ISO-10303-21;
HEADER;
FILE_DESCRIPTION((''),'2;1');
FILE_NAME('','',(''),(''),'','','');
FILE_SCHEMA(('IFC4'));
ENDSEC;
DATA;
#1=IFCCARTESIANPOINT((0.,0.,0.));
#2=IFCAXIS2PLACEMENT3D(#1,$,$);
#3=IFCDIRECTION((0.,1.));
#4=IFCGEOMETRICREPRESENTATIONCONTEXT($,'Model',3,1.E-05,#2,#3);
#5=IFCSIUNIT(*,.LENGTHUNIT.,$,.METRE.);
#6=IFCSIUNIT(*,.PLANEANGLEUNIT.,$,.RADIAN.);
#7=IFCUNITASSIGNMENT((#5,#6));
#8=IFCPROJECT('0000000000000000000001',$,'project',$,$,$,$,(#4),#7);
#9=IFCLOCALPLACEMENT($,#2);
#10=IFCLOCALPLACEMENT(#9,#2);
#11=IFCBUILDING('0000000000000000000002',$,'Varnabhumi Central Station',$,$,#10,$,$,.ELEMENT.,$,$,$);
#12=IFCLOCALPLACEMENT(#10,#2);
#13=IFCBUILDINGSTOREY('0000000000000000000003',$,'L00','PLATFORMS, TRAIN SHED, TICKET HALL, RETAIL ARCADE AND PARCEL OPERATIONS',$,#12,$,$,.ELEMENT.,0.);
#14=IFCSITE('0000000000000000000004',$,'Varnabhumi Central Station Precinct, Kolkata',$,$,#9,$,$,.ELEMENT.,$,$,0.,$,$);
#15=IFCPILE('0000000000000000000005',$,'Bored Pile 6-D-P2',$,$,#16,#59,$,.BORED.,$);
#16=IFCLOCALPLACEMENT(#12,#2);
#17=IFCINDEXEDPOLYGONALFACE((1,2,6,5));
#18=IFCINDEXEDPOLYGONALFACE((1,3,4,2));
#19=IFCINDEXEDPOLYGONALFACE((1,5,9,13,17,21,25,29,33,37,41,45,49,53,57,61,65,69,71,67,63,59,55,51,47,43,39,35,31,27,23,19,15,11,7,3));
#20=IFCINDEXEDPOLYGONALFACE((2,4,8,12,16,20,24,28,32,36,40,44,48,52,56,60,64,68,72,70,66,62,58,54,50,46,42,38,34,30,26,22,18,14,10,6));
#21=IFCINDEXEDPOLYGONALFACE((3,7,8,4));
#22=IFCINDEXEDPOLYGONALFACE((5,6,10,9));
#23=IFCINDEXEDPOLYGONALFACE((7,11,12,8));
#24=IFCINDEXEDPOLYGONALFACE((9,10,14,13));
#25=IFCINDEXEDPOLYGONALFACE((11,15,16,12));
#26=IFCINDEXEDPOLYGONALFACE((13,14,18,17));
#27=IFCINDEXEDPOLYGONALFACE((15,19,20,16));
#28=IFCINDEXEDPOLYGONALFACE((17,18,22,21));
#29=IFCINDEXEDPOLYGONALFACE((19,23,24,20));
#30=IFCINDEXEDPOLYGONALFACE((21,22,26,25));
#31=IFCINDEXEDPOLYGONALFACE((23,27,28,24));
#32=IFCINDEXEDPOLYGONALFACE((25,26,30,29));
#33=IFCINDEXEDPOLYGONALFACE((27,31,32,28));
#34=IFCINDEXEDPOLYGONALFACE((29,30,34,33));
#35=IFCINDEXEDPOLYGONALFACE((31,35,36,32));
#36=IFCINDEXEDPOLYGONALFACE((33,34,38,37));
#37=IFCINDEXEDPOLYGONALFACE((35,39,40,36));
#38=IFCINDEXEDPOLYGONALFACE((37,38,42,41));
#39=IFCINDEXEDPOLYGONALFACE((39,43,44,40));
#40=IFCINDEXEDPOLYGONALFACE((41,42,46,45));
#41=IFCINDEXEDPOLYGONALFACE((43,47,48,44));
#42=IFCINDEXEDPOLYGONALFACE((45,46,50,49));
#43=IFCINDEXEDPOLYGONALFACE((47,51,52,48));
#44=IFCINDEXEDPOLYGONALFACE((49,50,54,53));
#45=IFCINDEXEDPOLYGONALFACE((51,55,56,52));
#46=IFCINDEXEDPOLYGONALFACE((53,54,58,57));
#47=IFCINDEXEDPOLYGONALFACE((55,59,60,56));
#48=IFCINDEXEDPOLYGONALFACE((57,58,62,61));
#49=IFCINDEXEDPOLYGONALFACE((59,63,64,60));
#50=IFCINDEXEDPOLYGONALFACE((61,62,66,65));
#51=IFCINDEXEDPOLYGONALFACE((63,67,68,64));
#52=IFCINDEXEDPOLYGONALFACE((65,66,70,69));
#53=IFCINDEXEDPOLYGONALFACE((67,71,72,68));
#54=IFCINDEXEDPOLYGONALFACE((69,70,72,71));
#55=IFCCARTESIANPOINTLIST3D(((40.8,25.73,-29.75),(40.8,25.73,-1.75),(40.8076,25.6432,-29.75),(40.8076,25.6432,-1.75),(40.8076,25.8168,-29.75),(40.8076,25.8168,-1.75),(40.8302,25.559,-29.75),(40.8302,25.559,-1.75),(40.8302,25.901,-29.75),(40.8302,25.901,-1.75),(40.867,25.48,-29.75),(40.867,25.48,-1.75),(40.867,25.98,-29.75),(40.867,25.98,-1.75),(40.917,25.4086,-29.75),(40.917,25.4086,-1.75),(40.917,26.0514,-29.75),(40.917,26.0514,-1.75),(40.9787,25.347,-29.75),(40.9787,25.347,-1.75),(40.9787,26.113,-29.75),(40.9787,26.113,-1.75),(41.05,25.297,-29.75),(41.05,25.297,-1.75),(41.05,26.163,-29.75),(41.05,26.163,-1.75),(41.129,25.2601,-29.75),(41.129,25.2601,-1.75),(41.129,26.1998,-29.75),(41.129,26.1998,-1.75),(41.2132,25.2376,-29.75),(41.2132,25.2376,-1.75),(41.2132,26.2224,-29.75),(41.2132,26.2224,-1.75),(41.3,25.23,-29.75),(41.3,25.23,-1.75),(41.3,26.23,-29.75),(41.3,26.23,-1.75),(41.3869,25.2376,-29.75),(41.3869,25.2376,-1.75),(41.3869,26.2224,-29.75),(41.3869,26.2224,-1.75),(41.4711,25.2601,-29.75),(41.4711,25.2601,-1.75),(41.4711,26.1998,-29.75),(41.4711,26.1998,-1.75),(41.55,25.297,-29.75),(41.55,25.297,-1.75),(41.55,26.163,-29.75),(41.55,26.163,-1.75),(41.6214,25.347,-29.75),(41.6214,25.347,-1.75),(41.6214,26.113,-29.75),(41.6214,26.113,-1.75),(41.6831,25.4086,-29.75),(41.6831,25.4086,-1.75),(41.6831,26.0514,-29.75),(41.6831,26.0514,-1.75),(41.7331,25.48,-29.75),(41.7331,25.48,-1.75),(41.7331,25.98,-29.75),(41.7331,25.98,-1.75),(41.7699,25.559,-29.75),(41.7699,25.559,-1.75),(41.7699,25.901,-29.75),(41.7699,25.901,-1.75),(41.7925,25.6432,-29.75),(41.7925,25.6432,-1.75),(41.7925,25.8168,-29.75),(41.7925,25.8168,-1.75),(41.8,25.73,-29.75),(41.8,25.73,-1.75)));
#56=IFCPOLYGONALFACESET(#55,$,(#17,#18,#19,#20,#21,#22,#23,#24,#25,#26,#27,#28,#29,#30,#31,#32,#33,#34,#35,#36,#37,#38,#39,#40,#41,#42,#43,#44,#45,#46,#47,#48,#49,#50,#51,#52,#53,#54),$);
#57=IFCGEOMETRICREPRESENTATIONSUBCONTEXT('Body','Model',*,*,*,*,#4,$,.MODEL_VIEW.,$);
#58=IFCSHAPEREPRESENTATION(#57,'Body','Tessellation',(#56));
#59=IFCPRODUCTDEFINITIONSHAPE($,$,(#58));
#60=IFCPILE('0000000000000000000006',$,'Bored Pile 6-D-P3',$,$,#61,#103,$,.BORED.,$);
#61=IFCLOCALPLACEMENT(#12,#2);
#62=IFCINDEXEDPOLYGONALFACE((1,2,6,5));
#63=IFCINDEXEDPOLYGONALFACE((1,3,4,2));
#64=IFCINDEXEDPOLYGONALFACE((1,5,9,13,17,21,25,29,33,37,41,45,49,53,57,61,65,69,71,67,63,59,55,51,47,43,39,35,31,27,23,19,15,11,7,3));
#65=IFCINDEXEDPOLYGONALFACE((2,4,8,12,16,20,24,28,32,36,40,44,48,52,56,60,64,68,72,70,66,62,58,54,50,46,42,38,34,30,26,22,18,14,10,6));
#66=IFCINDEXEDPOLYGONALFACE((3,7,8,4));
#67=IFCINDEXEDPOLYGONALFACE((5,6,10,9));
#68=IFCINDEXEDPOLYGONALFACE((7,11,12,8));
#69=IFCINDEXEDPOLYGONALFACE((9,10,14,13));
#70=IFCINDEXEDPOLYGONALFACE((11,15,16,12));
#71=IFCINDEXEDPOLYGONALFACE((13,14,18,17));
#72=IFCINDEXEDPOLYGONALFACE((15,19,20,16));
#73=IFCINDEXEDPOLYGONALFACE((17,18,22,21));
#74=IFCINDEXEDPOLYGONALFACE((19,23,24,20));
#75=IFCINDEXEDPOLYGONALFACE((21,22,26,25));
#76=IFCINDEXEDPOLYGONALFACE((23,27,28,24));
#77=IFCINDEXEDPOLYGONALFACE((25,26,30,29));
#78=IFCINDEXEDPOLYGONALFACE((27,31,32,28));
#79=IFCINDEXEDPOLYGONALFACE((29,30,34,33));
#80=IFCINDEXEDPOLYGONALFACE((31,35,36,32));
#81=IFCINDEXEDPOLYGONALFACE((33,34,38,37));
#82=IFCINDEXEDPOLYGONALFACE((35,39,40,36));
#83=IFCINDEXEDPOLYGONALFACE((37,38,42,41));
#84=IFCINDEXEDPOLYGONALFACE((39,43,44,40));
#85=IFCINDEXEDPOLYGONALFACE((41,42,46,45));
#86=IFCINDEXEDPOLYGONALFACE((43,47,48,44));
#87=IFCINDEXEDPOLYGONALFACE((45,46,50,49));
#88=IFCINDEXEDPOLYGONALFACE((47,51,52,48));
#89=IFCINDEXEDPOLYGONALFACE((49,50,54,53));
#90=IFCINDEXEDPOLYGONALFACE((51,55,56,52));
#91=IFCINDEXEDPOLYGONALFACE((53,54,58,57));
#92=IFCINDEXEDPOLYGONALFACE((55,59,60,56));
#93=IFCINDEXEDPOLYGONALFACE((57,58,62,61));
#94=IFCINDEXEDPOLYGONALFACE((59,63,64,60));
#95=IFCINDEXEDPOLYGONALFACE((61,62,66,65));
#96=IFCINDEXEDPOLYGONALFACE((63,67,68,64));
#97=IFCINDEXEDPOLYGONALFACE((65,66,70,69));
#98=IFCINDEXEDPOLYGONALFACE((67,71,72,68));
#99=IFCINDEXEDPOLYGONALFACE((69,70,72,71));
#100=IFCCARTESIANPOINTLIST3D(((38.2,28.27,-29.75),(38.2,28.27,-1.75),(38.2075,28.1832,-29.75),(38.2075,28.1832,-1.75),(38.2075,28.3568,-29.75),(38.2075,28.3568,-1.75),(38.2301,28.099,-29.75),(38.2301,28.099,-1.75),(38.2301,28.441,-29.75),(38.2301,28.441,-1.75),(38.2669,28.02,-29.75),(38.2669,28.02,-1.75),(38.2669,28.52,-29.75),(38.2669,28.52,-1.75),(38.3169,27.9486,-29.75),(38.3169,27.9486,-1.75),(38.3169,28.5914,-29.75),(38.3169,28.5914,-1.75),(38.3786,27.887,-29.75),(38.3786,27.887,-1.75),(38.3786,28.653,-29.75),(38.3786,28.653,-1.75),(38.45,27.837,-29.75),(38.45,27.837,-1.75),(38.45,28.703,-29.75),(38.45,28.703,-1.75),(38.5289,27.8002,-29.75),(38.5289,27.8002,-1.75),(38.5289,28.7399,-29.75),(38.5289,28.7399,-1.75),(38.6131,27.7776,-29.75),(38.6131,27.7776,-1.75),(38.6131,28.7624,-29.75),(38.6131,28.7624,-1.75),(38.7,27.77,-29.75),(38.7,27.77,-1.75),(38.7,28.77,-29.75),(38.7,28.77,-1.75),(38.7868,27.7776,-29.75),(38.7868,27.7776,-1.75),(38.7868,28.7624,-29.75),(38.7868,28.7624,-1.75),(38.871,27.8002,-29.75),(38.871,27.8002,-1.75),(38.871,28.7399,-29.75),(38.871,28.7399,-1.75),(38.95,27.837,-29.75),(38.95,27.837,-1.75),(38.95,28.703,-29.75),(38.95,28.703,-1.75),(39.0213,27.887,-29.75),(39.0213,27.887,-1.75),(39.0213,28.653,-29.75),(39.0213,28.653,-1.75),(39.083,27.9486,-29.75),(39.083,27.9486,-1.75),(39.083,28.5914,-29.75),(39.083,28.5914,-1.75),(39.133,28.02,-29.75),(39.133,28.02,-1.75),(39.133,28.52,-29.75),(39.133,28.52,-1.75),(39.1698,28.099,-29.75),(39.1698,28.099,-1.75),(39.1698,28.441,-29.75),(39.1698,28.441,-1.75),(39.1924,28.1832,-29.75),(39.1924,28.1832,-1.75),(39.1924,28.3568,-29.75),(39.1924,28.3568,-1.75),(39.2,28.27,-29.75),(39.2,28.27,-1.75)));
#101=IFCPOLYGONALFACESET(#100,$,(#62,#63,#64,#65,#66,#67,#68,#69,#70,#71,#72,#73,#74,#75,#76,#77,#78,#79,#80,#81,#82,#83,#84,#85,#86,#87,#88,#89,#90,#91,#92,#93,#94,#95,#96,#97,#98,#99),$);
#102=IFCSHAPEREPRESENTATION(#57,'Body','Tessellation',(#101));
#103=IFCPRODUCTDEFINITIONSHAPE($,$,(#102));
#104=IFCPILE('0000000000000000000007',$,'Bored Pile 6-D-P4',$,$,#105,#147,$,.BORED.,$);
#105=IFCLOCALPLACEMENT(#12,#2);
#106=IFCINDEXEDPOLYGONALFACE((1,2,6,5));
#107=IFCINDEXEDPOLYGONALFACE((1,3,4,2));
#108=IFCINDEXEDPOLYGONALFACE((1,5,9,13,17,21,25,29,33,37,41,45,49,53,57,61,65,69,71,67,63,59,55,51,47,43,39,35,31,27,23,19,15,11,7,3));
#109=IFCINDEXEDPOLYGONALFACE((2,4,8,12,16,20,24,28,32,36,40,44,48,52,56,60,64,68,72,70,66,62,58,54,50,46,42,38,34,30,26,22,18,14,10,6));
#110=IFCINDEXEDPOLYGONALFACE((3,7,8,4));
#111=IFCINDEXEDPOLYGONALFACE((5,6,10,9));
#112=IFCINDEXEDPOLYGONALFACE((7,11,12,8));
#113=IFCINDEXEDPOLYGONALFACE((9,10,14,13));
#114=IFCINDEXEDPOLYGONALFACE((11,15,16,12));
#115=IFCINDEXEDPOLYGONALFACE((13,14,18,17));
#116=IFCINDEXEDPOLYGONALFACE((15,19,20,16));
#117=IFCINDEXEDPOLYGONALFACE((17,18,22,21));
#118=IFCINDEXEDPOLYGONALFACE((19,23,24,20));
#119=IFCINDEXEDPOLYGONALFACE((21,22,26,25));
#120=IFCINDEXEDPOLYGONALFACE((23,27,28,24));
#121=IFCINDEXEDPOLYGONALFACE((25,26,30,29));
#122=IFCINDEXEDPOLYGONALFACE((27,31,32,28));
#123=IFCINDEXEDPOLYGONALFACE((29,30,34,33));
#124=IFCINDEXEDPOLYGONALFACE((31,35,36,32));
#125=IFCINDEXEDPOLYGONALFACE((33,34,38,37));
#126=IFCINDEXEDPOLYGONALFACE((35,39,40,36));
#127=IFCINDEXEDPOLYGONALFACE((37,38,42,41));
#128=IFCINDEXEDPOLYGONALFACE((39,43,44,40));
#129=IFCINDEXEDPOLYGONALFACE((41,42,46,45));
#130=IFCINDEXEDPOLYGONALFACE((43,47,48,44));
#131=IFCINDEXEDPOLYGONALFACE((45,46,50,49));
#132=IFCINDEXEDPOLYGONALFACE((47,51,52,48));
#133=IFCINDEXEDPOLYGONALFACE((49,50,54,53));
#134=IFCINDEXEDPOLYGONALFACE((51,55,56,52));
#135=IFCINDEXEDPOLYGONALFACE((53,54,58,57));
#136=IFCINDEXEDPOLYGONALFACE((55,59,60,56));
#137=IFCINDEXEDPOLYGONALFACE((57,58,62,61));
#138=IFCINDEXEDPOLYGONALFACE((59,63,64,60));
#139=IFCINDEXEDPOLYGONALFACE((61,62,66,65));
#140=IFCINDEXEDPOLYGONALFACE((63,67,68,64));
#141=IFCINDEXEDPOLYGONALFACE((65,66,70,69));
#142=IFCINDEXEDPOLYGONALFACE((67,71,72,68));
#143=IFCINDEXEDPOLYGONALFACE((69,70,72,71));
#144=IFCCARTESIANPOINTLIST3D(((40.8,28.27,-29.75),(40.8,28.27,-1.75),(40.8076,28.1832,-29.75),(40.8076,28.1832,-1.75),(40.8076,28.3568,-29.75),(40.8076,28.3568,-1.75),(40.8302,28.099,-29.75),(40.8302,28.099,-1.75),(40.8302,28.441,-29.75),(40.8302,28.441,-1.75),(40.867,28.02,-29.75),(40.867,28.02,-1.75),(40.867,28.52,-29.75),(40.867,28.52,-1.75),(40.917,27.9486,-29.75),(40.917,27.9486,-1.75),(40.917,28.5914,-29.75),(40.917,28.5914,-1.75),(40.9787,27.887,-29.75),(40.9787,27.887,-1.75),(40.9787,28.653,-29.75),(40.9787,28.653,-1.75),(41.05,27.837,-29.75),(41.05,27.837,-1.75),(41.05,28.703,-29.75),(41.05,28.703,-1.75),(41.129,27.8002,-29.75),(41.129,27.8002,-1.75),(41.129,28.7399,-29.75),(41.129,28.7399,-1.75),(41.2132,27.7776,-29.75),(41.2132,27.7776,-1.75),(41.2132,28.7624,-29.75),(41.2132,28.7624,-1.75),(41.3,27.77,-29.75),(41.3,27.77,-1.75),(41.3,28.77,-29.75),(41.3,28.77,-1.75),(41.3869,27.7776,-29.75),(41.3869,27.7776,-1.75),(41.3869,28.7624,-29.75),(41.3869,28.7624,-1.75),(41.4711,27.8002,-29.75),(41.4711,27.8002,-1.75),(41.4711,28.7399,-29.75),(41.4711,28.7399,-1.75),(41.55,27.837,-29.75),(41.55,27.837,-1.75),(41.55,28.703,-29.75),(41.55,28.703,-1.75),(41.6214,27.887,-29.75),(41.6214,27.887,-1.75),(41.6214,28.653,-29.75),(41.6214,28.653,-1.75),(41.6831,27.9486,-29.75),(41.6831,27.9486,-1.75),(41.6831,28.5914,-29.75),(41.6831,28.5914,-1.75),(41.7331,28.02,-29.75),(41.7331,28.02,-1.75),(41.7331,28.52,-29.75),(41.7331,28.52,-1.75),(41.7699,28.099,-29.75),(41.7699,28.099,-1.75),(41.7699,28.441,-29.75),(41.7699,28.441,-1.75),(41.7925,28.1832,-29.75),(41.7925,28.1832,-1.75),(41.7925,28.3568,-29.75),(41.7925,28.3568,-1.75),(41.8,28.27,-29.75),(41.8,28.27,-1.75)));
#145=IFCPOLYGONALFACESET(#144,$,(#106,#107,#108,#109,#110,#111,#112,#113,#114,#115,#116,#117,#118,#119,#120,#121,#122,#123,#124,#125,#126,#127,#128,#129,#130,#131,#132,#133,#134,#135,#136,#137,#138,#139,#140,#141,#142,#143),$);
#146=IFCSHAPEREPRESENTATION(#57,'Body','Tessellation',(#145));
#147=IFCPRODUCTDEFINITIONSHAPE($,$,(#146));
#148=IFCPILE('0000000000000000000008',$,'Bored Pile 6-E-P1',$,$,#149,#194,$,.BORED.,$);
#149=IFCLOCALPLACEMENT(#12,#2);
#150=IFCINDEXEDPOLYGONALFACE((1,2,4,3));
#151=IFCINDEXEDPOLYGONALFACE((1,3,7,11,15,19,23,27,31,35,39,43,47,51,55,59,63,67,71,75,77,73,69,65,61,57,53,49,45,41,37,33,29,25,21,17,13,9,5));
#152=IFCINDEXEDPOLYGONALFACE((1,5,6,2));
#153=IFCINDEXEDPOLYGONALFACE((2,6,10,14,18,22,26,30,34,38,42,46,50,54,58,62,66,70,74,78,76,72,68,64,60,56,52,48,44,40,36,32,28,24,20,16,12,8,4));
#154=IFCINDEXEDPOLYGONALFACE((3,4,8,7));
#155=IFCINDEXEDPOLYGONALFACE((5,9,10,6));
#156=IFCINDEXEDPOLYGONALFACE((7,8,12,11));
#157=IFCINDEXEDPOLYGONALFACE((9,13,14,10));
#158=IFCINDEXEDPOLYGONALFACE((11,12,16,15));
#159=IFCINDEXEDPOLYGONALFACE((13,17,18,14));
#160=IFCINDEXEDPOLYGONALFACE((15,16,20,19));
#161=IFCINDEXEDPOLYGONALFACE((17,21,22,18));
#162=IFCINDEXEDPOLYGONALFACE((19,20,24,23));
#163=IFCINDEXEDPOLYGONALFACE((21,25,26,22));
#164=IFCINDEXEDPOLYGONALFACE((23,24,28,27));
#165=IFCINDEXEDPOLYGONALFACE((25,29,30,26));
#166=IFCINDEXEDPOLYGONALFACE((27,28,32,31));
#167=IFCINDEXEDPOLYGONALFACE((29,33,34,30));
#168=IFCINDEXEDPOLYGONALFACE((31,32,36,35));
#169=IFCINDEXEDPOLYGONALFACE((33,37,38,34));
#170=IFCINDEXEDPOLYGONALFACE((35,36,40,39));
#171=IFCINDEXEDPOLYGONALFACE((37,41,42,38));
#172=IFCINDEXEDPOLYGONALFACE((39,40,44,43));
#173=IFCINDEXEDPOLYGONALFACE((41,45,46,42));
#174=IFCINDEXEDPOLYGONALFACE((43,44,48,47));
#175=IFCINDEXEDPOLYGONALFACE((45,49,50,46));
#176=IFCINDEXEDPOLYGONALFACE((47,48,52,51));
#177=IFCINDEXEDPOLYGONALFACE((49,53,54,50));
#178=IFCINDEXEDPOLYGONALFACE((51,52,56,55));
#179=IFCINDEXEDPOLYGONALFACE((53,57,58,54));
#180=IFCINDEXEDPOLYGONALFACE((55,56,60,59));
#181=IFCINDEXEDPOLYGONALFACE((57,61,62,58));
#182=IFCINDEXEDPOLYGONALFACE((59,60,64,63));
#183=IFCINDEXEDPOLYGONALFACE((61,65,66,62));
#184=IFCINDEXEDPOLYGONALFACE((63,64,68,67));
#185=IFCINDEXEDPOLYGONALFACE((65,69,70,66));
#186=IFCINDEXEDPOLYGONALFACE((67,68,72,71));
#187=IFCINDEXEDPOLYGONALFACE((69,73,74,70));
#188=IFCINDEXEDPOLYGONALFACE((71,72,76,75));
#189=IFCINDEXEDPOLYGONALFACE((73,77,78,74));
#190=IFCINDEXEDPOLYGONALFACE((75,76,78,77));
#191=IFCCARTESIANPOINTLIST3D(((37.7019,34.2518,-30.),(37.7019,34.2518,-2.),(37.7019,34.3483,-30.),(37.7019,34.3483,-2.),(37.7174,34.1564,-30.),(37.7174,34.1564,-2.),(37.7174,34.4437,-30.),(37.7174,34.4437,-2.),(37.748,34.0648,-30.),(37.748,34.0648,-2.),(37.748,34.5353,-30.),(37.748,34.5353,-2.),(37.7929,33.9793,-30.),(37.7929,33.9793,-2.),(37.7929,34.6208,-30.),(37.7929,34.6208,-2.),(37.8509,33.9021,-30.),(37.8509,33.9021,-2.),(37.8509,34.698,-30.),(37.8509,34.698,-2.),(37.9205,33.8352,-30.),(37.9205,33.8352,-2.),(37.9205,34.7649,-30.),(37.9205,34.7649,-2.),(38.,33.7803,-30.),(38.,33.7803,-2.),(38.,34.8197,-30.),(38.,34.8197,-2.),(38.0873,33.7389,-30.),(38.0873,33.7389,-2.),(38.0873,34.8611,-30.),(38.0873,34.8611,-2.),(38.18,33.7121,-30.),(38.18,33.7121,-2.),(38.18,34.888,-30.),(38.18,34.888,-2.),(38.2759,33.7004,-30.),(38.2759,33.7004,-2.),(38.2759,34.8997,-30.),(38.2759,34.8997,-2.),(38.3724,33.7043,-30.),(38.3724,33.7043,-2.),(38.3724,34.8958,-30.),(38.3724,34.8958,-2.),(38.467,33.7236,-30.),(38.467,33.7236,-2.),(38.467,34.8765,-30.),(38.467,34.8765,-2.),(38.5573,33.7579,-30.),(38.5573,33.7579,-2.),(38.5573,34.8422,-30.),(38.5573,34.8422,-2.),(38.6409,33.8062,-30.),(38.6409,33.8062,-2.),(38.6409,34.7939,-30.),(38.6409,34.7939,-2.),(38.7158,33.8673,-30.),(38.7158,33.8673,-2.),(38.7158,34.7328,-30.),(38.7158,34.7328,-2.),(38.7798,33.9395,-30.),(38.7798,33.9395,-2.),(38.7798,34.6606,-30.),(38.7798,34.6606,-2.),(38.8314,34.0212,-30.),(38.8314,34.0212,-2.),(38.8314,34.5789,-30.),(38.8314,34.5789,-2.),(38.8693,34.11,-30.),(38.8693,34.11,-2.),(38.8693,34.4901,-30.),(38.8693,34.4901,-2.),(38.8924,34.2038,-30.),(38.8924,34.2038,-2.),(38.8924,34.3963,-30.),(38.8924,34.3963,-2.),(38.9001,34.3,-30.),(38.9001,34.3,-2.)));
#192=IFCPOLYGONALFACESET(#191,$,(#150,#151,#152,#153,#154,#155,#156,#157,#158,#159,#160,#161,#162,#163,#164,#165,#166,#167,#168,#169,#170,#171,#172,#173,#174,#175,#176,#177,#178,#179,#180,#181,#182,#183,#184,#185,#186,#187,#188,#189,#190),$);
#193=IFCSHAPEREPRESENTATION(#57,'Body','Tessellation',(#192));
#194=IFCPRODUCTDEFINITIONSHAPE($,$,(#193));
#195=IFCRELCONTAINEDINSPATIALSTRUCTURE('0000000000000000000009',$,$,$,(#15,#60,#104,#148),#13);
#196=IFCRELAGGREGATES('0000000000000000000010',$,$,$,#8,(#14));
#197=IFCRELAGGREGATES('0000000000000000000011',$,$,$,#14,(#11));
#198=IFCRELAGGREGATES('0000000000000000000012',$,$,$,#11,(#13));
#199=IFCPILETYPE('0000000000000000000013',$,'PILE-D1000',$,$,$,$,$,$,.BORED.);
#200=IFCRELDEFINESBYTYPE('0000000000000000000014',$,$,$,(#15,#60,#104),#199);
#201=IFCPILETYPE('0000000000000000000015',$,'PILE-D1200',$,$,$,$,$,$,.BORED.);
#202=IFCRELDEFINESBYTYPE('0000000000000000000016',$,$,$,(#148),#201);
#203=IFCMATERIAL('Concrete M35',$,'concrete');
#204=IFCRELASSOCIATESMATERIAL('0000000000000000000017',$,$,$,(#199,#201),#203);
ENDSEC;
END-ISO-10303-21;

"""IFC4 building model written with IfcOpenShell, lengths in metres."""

from ifc_helpers import new_model, si_unit, direction, frame, origin, origin_2d, place, context, subcontext, project, spatial, circle, extrude, material, material_profile, profile_set, type_object, element, save


model = new_model("IFC4")

# Units and contexts
model_context = context("Model", 3, precision=1e-05, world=origin(), true_north=direction((0.0, 1.0)))
body_context = subcontext(model_context, "Body", "Model", "MODEL_VIEW")
ifc_project = project(units=[si_unit("LENGTHUNIT", "METRE"), si_unit("PLANEANGLEUNIT", "RADIAN")], contexts=[model_context])

# Site, building, storey
site_placement = place(None, origin())
site = spatial("IfcSite", under=ifc_project, at=site_placement, Name="Varnabhumi Central Station Precinct, Kolkata", CompositionType="ELEMENT", RefElevation=0.0)
building_placement = place(site_placement, origin())
building = spatial("IfcBuilding", under=site, at=building_placement, Name="Varnabhumi Central Station", CompositionType="ELEMENT")
storey_placement = place(building_placement, origin())
storey = spatial("IfcBuildingStorey", under=building, at=storey_placement, Name="L00", Description="PLATFORMS, TRAIN SHED, TICKET HALL, RETAIL ARCADE AND PARCEL OPERATIONS", CompositionType="ELEMENT", Elevation=0.0)

# Piles
ifc_material_1 = material(Name="Concrete M35", Category="concrete")
ifc_material_profile_1 = material_profile(ifc_material_1, circle(Radius=0.5, at=origin_2d()), Name="Concrete M35", Category="concrete")
ifc_profile_set_1 = profile_set([ifc_material_profile_1], Name="Concrete M35")
pile_type_1 = type_object("IfcPileType", Name="PILE-D1000", PredefinedType="BORED", material=ifc_profile_set_1)
for number, where, z_axis, x_axis, name in (
    (1, (41.3, 25.73, -1.75), (0.0, 0.0, -1.0), (1.0, 0.0, 0.0), "Bored Pile 6-D-P2"),
    (2, (38.7, 28.27, -1.75), (0.0, 0.0, -1.0), (1.0, 0.0, 0.0), "Bored Pile 6-D-P3"),
    (3, (41.3, 28.27, -1.75), (0.0, 0.0, -1.0), (1.0, 0.0, 0.0), "Bored Pile 6-D-P4"),
):
    element("IfcPile", number, at=place(storey_placement, frame(where, z_axis=z_axis, x_axis=x_axis)), inside=storey, type_object=pile_type_1, Name=name, PredefinedType="BORED", context=body_context, shape_type="SweptSolid", body=[
        extrude(circle(Radius=0.5, at=origin_2d()), origin(), (0.0, 0.0, 1.0), 28.0),
    ])
ifc_material_profile_2 = material_profile(ifc_material_1, circle(Radius=0.6001, at=origin_2d()), Name="Concrete M35", Category="concrete")
ifc_profile_set_2 = profile_set([ifc_material_profile_2], Name="Concrete M35")
pile_type_2 = type_object("IfcPileType", Name="PILE-D1200", PredefinedType="BORED", material=ifc_profile_set_2)
for number, where, z_axis, x_axis, name in (
    (4, (38.3, 34.3, -2.0), (0.0, 0.0, -1.0), (1.0, 0.0, 0.0), "Bored Pile 6-E-P1"),
):
    element("IfcPile", number, at=place(storey_placement, frame(where, z_axis=z_axis, x_axis=x_axis)), inside=storey, type_object=pile_type_2, Name=name, PredefinedType="BORED", context=body_context, shape_type="SweptSolid", body=[
        extrude(circle(Radius=0.6001, at=origin_2d()), origin(), (0.0, 0.0, 1.0), 28.0),
    ])

save(model, "model.ifc")
